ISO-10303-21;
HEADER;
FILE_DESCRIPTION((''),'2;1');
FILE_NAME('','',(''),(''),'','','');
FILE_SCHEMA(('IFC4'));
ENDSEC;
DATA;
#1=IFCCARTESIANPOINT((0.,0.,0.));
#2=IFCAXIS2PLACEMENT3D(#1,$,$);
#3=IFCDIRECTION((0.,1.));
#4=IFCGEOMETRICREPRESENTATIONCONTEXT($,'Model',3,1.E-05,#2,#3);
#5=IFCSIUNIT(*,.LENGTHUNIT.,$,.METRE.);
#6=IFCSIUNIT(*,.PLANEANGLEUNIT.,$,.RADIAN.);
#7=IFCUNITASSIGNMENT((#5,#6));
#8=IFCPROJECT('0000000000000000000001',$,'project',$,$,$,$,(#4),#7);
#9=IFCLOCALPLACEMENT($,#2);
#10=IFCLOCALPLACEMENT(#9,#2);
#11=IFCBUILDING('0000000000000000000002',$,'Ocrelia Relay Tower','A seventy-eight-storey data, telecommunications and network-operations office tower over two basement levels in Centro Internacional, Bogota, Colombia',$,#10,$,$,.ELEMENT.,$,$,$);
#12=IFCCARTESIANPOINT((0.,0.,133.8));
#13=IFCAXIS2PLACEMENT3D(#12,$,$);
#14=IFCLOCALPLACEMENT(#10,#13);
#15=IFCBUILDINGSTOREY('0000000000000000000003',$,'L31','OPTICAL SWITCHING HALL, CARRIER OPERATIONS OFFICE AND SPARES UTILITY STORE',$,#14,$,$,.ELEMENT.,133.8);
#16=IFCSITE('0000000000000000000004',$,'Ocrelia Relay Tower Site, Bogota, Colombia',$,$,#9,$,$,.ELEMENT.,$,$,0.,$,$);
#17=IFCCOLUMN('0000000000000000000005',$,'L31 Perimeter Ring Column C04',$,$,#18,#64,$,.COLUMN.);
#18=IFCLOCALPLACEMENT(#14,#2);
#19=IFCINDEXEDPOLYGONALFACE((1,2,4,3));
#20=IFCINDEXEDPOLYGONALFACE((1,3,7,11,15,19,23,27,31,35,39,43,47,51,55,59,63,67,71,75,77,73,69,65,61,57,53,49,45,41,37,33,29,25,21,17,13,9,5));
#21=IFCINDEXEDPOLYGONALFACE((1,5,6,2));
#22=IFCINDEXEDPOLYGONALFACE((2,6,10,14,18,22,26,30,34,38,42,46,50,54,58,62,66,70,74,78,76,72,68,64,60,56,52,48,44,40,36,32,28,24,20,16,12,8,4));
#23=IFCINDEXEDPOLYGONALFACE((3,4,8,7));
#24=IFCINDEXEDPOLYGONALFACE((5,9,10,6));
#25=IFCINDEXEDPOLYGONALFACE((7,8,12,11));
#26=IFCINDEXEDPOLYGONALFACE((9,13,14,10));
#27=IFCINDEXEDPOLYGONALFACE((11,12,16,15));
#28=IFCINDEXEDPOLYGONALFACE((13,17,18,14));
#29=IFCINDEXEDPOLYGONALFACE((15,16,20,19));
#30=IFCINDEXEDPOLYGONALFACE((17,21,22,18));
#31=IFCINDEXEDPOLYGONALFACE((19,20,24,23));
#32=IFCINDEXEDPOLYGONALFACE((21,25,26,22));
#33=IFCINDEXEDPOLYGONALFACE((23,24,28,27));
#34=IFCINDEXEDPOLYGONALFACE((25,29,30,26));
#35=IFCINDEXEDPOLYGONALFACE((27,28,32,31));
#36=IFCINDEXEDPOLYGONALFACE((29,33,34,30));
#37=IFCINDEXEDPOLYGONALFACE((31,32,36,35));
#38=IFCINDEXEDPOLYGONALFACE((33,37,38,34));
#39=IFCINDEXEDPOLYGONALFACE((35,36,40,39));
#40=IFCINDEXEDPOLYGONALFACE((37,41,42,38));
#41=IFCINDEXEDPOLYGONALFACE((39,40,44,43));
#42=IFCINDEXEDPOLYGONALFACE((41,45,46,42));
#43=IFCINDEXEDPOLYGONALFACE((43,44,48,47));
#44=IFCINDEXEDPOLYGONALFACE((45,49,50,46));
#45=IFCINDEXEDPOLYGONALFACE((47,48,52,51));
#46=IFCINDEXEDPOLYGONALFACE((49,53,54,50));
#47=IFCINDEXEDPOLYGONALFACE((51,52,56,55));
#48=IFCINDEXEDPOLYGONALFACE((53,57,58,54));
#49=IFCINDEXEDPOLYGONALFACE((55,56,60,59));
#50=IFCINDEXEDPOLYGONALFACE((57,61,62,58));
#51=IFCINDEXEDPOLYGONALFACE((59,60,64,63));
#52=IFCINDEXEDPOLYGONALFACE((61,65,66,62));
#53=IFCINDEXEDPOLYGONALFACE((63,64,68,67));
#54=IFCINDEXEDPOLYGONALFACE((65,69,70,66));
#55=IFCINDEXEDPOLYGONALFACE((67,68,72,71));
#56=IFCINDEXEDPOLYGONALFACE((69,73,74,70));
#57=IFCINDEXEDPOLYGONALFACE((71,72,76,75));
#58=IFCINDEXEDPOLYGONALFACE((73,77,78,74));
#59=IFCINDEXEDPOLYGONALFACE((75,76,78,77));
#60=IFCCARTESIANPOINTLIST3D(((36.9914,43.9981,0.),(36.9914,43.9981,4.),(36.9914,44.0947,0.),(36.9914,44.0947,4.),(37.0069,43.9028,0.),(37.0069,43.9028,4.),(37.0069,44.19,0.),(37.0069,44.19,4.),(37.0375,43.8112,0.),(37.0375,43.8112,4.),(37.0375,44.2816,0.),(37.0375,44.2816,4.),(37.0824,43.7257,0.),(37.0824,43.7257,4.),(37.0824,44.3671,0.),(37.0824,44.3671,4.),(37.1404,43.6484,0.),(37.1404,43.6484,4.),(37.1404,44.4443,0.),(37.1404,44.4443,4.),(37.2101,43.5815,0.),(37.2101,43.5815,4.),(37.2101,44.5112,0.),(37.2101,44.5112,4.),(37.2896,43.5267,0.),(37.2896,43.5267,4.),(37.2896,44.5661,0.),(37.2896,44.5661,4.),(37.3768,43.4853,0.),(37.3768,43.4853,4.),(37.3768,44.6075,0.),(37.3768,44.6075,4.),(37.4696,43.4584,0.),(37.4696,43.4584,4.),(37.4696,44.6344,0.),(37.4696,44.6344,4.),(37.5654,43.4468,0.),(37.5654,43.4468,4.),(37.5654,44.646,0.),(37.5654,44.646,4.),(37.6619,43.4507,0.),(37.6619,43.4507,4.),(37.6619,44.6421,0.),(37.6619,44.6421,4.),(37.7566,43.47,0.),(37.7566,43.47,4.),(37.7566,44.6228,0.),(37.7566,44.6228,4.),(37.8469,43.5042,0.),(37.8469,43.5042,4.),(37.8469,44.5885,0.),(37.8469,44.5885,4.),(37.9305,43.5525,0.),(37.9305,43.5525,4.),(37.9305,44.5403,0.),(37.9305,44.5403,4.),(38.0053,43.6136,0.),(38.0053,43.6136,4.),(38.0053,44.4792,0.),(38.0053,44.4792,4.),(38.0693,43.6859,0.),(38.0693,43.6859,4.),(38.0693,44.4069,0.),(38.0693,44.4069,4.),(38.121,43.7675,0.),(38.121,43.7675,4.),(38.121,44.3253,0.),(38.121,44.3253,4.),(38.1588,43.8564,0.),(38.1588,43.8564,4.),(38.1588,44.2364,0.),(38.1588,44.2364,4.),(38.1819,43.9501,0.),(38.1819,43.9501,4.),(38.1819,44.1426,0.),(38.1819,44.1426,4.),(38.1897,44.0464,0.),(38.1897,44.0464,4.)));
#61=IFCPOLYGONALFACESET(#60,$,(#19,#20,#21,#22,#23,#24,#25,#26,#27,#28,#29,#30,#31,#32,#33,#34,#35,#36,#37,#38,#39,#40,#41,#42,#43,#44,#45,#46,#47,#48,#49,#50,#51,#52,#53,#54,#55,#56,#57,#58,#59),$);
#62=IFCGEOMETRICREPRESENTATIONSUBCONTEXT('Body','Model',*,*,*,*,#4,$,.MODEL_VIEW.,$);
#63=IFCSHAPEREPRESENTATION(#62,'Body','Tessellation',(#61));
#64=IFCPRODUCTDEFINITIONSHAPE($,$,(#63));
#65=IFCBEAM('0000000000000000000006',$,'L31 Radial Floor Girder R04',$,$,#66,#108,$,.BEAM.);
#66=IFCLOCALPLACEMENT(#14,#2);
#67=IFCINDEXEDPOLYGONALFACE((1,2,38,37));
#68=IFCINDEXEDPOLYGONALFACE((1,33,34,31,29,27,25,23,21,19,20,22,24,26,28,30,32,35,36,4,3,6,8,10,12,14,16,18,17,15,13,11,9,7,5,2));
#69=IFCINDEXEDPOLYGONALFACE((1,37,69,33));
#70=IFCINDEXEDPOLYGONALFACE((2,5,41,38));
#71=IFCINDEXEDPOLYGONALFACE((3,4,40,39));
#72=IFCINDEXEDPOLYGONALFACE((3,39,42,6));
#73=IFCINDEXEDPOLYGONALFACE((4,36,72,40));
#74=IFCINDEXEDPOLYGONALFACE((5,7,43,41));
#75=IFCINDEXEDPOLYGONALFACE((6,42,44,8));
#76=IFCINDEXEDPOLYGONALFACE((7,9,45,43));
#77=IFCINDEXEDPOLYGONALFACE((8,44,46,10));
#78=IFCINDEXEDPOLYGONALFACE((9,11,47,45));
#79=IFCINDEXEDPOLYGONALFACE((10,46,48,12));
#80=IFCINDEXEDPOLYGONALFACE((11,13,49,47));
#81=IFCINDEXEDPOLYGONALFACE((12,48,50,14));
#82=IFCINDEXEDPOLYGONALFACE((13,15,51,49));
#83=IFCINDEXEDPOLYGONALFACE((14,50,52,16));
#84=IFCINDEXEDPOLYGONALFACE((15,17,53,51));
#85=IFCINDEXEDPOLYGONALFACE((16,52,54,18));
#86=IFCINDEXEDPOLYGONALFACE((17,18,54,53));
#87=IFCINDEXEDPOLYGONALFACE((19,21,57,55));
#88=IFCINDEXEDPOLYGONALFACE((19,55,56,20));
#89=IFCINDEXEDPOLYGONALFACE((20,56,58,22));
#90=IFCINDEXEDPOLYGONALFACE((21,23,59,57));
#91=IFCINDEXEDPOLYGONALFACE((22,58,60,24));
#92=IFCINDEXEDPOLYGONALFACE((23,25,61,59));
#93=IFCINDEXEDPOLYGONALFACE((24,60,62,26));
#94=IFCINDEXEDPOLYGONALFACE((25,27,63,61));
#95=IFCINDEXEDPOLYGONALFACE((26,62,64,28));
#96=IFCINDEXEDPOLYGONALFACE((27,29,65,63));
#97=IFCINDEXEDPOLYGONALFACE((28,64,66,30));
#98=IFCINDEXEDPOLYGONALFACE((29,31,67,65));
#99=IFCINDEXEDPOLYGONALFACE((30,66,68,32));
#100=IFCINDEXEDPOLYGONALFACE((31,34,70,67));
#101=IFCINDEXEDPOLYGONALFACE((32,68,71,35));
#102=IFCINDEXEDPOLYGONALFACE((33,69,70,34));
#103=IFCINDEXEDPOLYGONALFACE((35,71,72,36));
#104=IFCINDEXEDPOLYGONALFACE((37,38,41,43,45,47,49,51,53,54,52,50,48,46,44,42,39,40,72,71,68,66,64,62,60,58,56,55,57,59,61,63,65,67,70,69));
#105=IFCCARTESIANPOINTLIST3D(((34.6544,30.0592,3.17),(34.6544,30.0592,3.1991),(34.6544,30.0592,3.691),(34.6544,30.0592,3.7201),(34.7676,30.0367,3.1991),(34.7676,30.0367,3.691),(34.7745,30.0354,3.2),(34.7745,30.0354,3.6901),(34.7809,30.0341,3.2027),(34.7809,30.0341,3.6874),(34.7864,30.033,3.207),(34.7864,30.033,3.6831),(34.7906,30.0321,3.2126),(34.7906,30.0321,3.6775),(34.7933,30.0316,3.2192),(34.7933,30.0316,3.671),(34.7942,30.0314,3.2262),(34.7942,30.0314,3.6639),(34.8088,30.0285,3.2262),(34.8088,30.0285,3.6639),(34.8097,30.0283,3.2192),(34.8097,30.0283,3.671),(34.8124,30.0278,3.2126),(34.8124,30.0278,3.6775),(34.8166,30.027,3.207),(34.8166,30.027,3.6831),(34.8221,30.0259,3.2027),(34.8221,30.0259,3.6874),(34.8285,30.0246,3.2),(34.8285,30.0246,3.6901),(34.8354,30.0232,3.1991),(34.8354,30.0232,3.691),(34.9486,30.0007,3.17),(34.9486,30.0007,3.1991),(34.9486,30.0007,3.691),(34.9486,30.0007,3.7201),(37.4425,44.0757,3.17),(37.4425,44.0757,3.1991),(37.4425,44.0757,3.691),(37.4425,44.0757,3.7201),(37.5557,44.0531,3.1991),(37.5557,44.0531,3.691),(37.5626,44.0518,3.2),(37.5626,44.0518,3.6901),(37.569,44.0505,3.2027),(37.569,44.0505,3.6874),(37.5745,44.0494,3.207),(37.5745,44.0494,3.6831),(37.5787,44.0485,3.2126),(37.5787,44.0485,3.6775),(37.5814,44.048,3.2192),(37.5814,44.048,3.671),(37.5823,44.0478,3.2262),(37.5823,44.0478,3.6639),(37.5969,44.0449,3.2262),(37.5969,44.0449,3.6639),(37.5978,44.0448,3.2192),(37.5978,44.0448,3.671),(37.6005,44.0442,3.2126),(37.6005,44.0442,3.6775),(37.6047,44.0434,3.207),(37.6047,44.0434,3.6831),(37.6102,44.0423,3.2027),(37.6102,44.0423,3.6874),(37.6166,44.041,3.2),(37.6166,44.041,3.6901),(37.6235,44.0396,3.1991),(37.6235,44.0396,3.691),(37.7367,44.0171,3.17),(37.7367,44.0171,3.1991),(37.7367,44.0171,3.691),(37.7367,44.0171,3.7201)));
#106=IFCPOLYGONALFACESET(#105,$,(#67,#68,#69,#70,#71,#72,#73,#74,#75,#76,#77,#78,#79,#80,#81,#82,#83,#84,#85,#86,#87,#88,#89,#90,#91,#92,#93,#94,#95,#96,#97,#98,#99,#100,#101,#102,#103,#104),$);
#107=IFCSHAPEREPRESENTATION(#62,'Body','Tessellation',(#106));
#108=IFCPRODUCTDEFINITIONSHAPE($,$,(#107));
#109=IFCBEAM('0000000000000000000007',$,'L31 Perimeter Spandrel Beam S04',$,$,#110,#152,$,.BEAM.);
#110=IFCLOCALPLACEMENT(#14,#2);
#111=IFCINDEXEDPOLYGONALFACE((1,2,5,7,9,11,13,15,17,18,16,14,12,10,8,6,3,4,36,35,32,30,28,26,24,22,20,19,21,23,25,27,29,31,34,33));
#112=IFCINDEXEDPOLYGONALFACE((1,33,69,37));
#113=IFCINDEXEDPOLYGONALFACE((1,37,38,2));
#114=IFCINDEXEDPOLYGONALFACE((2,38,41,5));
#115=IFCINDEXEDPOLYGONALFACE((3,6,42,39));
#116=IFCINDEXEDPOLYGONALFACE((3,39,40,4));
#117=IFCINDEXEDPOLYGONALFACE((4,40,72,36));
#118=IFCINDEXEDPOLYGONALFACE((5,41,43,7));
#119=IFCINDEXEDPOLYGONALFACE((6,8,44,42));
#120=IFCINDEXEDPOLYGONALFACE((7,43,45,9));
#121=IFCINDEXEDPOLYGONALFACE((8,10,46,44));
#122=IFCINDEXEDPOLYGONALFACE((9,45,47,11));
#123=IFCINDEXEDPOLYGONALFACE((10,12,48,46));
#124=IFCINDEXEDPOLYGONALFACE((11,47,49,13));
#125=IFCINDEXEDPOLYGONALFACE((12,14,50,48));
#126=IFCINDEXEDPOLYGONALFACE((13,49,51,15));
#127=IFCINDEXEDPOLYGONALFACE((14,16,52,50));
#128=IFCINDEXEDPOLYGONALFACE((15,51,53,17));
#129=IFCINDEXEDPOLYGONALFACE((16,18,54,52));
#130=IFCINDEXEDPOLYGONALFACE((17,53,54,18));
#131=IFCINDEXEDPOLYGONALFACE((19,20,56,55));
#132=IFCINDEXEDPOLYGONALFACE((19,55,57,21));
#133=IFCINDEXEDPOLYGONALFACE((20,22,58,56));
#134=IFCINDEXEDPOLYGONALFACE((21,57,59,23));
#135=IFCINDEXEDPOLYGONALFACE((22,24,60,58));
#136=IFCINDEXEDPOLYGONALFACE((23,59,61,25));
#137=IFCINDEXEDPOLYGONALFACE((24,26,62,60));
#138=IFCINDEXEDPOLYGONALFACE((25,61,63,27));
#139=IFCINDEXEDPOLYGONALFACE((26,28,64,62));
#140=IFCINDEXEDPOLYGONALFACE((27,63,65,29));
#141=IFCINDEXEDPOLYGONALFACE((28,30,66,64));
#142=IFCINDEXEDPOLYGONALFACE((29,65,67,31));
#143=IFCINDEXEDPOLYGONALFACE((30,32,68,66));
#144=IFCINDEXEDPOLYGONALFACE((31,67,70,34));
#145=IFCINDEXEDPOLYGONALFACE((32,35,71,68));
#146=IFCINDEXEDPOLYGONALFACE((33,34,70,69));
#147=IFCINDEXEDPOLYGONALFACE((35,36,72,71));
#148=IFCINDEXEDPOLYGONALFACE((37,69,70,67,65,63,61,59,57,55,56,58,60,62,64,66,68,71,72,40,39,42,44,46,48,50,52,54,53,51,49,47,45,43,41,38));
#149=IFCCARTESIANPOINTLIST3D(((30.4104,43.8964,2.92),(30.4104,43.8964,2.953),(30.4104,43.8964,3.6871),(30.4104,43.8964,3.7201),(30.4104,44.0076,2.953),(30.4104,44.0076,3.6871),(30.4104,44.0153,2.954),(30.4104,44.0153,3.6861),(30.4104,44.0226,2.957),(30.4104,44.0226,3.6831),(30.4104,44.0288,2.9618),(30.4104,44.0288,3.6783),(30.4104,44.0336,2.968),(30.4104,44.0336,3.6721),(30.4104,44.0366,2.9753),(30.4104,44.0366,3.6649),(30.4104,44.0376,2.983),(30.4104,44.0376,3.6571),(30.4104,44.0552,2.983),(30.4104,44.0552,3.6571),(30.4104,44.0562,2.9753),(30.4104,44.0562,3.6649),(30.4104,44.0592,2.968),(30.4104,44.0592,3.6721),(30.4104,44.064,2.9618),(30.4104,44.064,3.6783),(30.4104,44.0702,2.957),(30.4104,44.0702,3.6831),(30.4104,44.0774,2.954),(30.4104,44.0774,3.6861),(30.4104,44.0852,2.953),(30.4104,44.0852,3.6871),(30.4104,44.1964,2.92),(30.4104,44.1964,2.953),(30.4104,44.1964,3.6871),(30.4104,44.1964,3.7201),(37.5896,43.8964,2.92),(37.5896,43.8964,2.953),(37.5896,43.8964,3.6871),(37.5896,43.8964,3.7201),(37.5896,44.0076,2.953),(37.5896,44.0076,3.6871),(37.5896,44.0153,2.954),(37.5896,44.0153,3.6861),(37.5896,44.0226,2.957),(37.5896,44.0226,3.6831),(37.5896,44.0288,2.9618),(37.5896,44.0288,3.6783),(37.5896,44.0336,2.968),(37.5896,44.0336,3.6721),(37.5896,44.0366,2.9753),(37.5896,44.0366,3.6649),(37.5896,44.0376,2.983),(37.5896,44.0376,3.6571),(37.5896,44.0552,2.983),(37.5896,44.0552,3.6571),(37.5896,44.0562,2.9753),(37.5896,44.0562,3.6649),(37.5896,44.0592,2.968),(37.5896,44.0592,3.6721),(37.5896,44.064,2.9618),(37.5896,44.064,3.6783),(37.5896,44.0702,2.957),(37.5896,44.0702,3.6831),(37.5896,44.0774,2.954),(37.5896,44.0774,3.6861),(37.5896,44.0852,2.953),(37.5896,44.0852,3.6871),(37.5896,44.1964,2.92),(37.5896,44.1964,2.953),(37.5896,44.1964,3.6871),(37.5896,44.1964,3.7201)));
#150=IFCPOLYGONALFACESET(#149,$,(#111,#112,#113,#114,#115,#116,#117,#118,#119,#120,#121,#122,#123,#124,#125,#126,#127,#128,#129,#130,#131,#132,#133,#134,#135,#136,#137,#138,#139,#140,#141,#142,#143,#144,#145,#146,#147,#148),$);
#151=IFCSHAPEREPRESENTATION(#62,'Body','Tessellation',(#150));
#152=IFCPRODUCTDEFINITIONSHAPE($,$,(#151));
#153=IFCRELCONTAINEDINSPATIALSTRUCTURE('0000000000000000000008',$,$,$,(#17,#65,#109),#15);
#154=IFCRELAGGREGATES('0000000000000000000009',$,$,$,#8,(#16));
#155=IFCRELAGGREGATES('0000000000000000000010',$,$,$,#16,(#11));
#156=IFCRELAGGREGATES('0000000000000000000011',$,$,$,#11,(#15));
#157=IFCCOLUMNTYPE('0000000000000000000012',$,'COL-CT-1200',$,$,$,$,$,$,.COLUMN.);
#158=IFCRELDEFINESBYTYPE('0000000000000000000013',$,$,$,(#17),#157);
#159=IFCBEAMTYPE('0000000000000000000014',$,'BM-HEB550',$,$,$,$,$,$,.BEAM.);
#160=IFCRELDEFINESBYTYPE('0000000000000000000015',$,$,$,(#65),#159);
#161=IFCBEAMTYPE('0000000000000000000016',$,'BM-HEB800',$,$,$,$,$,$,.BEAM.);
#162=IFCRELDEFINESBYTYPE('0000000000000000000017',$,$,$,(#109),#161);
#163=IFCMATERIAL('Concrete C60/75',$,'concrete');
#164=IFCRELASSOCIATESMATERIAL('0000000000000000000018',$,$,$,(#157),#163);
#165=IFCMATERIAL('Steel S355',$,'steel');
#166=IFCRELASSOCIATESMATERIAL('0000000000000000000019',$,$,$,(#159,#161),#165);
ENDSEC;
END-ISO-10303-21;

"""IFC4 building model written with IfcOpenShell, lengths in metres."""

from ifc_helpers import new_model, si_unit, direction, frame, origin, origin_2d, place, context, subcontext, project, spatial, circle, i_section, extrude, material, material_profile, profile_set, type_object, element, save


model = new_model("IFC4")

# Units and contexts
model_context = context("Model", 3, precision=1e-05, world=origin(), true_north=direction((0.0, 1.0)))
body_context = subcontext(model_context, "Body", "Model", "MODEL_VIEW")
ifc_project = project(units=[si_unit("LENGTHUNIT", "METRE"), si_unit("PLANEANGLEUNIT", "RADIAN")], contexts=[model_context])

# Site, building, storey
site_placement = place(None, origin())
site = spatial("IfcSite", under=ifc_project, at=site_placement, Name="Ocrelia Relay Tower Site, Bogota, Colombia", CompositionType="ELEMENT", RefElevation=0.0)
building_placement = place(site_placement, origin())
building = spatial("IfcBuilding", under=site, at=building_placement, Name="Ocrelia Relay Tower", Description="A seventy-eight-storey data, telecommunications and network-operations office tower over two basement levels in Centro Internacional, Bogota, Colombia", CompositionType="ELEMENT")
storey_placement = place(building_placement, frame((0.0, 0.0, 133.8)))
storey = spatial("IfcBuildingStorey", under=building, at=storey_placement, Name="L31", Description="OPTICAL SWITCHING HALL, CARRIER OPERATIONS OFFICE AND SPARES UTILITY STORE", CompositionType="ELEMENT", Elevation=133.8)

# Column
ifc_material_1 = material(Name="Concrete C60/75", Category="concrete")
ifc_material_profile_1 = material_profile(ifc_material_1, circle(Radius=0.6001, at=origin_2d()), Name="RC-CIR-1200")
ifc_profile_set_1 = profile_set([ifc_material_profile_1], Name="Concrete C60/75")
column_type = type_object("IfcColumnType", Name="COL-CT-1200", PredefinedType="COLUMN", material=ifc_profile_set_1)
column_placement = place(storey_placement, frame((37.5896, 44.0464, 0.0), z_axis=(0.0, 0.0, 1.0), x_axis=(1.0, 0.0, 0.0)))
element("IfcColumn", 1, at=column_placement, inside=storey, type_object=column_type, Name="L31 Perimeter Ring Column C04", PredefinedType="COLUMN", context=body_context, shape_type="SweptSolid", body=[
    extrude(circle(Radius=0.6001, at=origin_2d()), origin(), (0.0, 0.0, 1.0), 4.0),
])

# Beams
ifc_material_2 = material(Name="Steel S355", Category="steel")
ifc_material_profile_2 = material_profile(ifc_material_2, i_section(OverallWidth=0.3, OverallDepth=0.55, WebThickness=0.0149, FlangeThickness=0.0291, FilletRadius=0.0271, at=origin_2d()), Name="HEB 550")
ifc_profile_set_2 = profile_set([ifc_material_profile_2], Name="Steel S355")
beam_type_1 = type_object("IfcBeamType", Name="BM-HEB550", PredefinedType="BEAM", material=ifc_profile_set_2)
beam_1_placement = place(storey_placement, frame((37.5896, 44.0464, 3.4451), z_axis=(-0.195094, -0.980784, 0.0), x_axis=(0.980784, -0.195094, 0.0)))
element("IfcBeam", 2, at=beam_1_placement, inside=storey, type_object=beam_type_1, Name="L31 Radial Floor Girder R04", PredefinedType="BEAM", context=body_context, shape_type="SweptSolid", body=[
    extrude(i_section(OverallWidth=0.3, OverallDepth=0.55, WebThickness=0.0149, FlangeThickness=0.0291, FilletRadius=0.0271, at=origin_2d()), origin(), (0.0, 0.0, 1.0), 14.291),
])
ifc_material_profile_3 = material_profile(ifc_material_2, i_section(OverallWidth=0.3, OverallDepth=0.8, WebThickness=0.0176, FlangeThickness=0.033, FilletRadius=0.03, at=origin_2d()), Name="HEB 800")
ifc_profile_set_3 = profile_set([ifc_material_profile_3], Name="Steel S355")
beam_type_2 = type_object("IfcBeamType", Name="BM-HEB800", PredefinedType="BEAM", material=ifc_profile_set_3)
beam_2_placement = place(storey_placement, frame((37.5896, 44.0464, 3.3201), z_axis=(-1.0, 0.0, 0.0), x_axis=(0.0, -1.0, 0.0)))
element("IfcBeam", 3, at=beam_2_placement, inside=storey, type_object=beam_type_2, Name="L31 Perimeter Spandrel Beam S04", PredefinedType="BEAM", context=body_context, shape_type="SweptSolid", body=[
    extrude(i_section(OverallWidth=0.3, OverallDepth=0.8, WebThickness=0.0176, FlangeThickness=0.033, FilletRadius=0.03, at=origin_2d()), origin(), (0.0, 0.0, 1.0), 7.1792),
])

save(model, "model.ifc")
